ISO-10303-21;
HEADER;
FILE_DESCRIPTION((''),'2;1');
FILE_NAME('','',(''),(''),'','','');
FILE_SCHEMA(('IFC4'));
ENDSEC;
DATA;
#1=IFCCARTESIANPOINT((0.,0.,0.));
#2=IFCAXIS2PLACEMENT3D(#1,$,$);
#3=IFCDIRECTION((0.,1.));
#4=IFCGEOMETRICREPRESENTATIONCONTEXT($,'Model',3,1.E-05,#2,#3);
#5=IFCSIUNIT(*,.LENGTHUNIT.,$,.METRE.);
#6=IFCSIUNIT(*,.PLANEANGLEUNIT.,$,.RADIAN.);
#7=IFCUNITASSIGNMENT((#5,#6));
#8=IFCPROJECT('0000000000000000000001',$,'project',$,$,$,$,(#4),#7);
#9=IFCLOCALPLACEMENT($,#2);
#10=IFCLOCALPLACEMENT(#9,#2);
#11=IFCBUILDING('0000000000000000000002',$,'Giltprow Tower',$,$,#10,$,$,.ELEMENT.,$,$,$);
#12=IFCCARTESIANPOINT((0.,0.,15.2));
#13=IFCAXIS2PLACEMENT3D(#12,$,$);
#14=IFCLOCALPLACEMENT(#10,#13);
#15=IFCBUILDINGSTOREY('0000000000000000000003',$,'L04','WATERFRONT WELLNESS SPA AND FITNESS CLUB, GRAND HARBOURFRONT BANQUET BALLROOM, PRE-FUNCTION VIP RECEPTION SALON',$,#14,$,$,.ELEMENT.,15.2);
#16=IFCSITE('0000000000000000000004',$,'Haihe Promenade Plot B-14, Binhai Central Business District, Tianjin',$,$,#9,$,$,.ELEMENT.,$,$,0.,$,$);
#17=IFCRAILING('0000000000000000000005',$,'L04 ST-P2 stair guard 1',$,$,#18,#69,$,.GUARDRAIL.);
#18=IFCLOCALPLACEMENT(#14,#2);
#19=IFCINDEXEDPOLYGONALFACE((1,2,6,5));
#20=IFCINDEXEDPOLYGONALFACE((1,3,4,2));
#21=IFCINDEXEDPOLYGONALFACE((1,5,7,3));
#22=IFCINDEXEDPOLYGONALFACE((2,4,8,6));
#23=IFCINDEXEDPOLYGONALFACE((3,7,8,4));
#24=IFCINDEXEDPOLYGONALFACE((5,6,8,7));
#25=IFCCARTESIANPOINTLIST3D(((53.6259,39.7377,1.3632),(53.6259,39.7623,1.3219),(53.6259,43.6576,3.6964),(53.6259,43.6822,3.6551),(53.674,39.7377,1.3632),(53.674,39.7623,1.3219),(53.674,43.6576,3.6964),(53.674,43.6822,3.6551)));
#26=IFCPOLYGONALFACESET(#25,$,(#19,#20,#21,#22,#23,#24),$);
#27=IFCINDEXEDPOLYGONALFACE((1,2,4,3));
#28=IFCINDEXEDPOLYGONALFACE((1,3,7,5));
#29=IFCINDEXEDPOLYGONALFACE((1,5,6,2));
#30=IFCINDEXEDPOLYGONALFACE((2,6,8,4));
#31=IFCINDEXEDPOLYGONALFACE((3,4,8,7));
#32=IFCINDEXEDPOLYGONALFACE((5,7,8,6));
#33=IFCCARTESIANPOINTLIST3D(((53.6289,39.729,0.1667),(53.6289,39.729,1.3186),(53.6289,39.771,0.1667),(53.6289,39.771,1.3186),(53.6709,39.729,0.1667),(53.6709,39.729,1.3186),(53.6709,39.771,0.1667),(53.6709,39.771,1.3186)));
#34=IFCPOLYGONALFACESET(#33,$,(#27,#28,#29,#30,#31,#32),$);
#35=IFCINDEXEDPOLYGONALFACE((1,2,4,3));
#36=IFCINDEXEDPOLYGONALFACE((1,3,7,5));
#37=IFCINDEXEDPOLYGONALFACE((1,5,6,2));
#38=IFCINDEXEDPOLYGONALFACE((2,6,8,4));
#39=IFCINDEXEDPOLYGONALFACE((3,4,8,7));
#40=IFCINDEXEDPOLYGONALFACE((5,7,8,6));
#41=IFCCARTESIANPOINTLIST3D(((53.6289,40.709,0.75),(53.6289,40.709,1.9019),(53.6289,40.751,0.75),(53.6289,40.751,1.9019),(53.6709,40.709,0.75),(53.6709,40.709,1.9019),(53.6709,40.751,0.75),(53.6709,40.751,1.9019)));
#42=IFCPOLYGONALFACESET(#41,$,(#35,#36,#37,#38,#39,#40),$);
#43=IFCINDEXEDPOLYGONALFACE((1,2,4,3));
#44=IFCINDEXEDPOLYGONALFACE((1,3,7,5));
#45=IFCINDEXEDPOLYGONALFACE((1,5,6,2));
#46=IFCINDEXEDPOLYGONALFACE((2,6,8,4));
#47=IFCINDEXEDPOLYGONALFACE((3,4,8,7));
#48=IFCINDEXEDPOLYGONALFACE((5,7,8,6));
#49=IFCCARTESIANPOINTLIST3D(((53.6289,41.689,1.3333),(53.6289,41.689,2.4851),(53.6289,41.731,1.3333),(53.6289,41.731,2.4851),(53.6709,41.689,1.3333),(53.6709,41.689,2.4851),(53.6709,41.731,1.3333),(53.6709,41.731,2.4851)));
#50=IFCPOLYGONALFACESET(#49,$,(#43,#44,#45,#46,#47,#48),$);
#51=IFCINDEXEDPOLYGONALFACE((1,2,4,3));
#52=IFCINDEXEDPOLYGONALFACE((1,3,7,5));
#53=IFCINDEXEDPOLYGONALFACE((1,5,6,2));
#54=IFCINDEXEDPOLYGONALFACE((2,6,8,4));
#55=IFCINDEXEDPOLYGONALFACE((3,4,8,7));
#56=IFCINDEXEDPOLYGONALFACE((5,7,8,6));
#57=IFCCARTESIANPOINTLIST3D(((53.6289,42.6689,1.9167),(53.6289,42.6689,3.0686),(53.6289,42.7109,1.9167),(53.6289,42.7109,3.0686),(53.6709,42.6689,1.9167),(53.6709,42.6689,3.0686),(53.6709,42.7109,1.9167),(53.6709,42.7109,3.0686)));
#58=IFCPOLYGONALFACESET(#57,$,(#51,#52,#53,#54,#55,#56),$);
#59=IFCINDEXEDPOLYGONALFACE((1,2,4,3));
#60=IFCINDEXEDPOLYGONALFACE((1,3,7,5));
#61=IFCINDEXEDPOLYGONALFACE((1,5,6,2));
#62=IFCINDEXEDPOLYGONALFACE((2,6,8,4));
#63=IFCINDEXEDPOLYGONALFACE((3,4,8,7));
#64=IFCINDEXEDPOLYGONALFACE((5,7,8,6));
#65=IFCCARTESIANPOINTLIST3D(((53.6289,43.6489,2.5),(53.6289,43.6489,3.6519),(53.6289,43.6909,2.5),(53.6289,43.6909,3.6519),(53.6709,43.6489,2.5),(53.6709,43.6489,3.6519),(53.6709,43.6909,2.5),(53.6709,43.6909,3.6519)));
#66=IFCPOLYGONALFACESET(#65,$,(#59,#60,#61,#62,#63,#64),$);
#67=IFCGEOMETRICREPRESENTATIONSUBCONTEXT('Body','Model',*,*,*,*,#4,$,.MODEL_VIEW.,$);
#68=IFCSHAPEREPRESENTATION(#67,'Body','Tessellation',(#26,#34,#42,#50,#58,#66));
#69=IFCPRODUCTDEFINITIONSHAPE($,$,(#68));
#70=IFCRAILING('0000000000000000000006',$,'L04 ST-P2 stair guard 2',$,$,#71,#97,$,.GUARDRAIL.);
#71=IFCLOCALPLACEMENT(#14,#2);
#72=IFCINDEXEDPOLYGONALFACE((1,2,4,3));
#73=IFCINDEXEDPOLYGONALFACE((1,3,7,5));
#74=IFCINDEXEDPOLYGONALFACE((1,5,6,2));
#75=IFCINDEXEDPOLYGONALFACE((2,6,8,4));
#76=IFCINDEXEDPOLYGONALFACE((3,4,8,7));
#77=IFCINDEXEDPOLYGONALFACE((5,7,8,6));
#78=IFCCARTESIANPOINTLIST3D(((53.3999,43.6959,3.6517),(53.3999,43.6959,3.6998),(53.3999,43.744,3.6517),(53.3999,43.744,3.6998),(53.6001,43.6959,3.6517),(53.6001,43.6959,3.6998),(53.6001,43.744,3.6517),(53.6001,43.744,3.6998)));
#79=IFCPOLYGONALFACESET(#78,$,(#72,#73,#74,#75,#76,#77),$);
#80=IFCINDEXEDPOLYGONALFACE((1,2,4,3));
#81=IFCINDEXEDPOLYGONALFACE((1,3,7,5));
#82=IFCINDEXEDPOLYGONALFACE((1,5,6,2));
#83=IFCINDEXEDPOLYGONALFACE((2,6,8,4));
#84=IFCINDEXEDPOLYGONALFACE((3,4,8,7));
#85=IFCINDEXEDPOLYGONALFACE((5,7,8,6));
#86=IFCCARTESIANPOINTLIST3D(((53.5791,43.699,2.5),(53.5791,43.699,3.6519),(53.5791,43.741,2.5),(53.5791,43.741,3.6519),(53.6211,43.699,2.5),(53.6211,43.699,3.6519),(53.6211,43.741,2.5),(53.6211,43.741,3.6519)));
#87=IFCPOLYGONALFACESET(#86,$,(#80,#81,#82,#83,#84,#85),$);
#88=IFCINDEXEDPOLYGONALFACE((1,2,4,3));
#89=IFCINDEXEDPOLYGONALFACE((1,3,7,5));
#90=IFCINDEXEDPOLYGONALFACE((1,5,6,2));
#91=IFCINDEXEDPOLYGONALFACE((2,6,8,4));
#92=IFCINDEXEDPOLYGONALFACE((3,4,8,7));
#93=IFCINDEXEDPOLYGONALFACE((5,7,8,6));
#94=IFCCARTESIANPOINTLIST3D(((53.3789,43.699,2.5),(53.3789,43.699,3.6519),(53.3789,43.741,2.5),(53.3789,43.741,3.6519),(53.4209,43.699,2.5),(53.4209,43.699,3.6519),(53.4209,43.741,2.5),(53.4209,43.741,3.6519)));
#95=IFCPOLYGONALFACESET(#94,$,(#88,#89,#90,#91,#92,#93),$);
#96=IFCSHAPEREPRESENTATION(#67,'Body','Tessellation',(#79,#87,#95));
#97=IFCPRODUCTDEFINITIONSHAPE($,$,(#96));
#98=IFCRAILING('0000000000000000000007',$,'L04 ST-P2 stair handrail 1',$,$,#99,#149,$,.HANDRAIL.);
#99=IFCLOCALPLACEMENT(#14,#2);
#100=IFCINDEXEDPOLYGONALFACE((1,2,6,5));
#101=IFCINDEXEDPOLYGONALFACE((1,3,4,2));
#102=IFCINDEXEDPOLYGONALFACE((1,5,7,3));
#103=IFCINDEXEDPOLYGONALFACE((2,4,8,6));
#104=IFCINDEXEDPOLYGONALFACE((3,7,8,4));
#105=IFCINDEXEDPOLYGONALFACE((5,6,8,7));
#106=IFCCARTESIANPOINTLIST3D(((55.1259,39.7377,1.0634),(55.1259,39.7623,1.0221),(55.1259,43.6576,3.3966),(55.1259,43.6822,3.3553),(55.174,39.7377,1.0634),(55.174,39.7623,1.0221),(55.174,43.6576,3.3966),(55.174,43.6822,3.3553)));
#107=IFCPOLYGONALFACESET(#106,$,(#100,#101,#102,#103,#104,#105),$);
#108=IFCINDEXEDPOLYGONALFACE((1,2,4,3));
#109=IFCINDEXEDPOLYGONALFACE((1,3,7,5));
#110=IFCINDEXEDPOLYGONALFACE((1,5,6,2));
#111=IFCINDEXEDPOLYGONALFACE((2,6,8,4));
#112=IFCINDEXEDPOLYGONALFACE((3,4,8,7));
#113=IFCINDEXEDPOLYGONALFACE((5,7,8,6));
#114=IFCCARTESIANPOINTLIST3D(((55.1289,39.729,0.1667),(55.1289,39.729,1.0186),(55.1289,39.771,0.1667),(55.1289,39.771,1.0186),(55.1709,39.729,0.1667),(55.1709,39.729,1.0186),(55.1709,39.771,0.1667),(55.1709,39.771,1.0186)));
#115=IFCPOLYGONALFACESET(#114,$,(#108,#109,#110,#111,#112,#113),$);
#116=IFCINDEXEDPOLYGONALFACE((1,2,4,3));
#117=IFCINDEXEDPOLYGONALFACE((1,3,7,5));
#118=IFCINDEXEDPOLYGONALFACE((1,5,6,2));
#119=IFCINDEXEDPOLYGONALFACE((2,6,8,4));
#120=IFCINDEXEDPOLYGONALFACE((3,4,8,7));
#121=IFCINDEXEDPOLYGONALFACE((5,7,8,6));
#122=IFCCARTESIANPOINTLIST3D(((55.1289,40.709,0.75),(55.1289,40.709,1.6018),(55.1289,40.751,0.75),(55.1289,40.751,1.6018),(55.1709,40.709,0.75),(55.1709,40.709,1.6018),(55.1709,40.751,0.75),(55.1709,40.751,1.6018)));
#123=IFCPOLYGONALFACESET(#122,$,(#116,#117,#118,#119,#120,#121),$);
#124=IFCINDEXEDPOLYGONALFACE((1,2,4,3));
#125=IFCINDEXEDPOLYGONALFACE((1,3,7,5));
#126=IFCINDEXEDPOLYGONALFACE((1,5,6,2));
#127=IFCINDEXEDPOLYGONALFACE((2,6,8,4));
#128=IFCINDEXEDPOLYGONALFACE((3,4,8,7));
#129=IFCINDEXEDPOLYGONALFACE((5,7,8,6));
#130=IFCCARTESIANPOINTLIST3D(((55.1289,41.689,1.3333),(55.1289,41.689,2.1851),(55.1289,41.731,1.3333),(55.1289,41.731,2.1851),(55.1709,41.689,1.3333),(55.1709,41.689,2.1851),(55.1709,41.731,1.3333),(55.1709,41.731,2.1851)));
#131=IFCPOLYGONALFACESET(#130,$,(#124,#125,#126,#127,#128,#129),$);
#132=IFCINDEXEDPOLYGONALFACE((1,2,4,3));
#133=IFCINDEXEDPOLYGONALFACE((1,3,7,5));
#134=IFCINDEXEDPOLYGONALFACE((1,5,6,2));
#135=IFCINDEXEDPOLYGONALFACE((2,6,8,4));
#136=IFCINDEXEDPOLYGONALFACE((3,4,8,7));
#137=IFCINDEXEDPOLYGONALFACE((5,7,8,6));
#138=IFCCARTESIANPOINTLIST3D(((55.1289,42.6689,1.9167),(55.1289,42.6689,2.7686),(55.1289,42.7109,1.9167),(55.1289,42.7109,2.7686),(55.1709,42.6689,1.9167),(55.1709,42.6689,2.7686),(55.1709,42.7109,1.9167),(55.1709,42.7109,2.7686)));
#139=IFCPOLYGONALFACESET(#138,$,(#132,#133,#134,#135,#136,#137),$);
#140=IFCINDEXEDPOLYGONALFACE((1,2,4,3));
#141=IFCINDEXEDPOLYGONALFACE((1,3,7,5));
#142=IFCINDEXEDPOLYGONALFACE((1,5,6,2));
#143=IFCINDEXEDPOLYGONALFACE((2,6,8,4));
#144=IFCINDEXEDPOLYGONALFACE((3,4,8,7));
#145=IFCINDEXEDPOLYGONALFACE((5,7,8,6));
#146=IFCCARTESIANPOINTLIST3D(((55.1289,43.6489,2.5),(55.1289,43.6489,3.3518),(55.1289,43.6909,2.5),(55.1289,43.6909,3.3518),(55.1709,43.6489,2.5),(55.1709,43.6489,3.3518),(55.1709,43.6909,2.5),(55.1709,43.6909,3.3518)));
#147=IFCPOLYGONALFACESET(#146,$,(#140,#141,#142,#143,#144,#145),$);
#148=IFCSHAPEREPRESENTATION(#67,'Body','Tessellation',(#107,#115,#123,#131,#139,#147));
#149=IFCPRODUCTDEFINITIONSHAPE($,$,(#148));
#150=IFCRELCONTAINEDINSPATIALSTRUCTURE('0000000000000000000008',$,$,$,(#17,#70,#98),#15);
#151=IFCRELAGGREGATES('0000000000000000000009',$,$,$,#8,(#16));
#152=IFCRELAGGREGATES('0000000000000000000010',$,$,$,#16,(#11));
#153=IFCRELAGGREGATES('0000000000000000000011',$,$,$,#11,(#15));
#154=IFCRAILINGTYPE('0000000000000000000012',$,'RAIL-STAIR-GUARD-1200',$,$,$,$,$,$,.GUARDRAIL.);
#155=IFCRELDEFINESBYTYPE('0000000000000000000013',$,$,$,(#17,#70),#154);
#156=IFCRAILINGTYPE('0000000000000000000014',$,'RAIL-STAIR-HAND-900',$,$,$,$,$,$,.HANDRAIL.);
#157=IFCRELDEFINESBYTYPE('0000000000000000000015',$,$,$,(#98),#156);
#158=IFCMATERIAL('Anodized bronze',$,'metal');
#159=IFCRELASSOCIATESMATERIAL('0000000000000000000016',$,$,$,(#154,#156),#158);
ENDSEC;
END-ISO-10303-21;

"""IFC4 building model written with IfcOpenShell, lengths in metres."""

from ifc_helpers import new_model, si_unit, direction, frame, origin, origin_2d, place, context, subcontext, project, spatial, rectangle, extrude, material, type_object, element, save


model = new_model("IFC4")

# Units and contexts
model_context = context("Model", 3, precision=1e-05, world=origin(), true_north=direction((0.0, 1.0)))
body_context = subcontext(model_context, "Body", "Model", "MODEL_VIEW")
ifc_project = project(units=[si_unit("LENGTHUNIT", "METRE"), si_unit("PLANEANGLEUNIT", "RADIAN")], contexts=[model_context])

# Site, building, storey
site_placement = place(None, origin())
site = spatial("IfcSite", under=ifc_project, at=site_placement, Name="Haihe Promenade Plot B-14, Binhai Central Business District, Tianjin", CompositionType="ELEMENT", RefElevation=0.0)
building_placement = place(site_placement, origin())
building = spatial("IfcBuilding", under=site, at=building_placement, Name="Giltprow Tower", CompositionType="ELEMENT")
storey_placement = place(building_placement, frame((0.0, 0.0, 15.2)))
storey = spatial("IfcBuildingStorey", under=building, at=storey_placement, Name="L04", Description="WATERFRONT WELLNESS SPA AND FITNESS CLUB, GRAND HARBOURFRONT BANQUET BALLROOM, PRE-FUNCTION VIP RECEPTION SALON", CompositionType="ELEMENT", Elevation=15.2)

# Railings
ifc_material_1 = material(Name="Anodized bronze", Category="metal")
railing_type_1 = type_object("IfcRailingType", Name="RAIL-STAIR-GUARD-1200", PredefinedType="GUARDRAIL", material=ifc_material_1)
railing_1_placement = place(storey_placement, frame((53.6499, 39.75, 0.1667)))
element("IfcRailing", 1, at=railing_1_placement, inside=storey, type_object=railing_type_1, Name="L04 ST-P2 stair guard 1", PredefinedType="GUARDRAIL", context=body_context, shape_type="SweptSolid", body=[
    extrude(rectangle(XDim=0.0481, YDim=0.0481, at=origin_2d()), frame((0.0, 0.0, 1.1758), z_axis=(0.0, 0.859296, 0.511478), x_axis=(-1.0, 0.0, 0.0)), (0.0, 0.0, 1.0), 4.5618),
    extrude(rectangle(XDim=0.042, YDim=0.042, at=origin_2d()), origin(), (0.0, 0.0, 1.0), 1.1519),
    extrude(rectangle(XDim=0.042, YDim=0.042, at=origin_2d()), frame((0.0, 0.98, 0.5833)), (0.0, 0.0, 1.0), 1.1519),
    extrude(rectangle(XDim=0.042, YDim=0.042, at=origin_2d()), frame((0.0, 1.96, 1.1665)), (0.0, 0.0, 1.0), 1.1519),
    extrude(rectangle(XDim=0.042, YDim=0.042, at=origin_2d()), frame((0.0, 2.9399, 1.75)), (0.0, 0.0, 1.0), 1.1519),
    extrude(rectangle(XDim=0.042, YDim=0.042, at=origin_2d()), frame((0.0, 3.9199, 2.3333)), (0.0, 0.0, 1.0), 1.1519),
])
railing_2_placement = place(storey_placement, frame((53.6001, 43.72, 2.5)))
element("IfcRailing", 2, at=railing_2_placement, inside=storey, type_object=railing_type_1, Name="L04 ST-P2 stair guard 2", PredefinedType="GUARDRAIL", context=body_context, shape_type="SweptSolid", body=[
    extrude(rectangle(XDim=0.0481, YDim=0.0481, at=origin_2d()), frame((0.0, 0.0, 1.1758), z_axis=(-1.0, 0.0, 0.0), x_axis=(0.0, -1.0, 0.0)), (0.0, 0.0, 1.0), 0.2002),
    extrude(rectangle(XDim=0.042, YDim=0.042, at=origin_2d()), origin(), (0.0, 0.0, 1.0), 1.1519),
    extrude(rectangle(XDim=0.042, YDim=0.042, at=origin_2d()), frame((-0.2002, 0.0, 0.0)), (0.0, 0.0, 1.0), 1.1519),
])
railing_type_2 = type_object("IfcRailingType", Name="RAIL-STAIR-HAND-900", PredefinedType="HANDRAIL", material=ifc_material_1)
railing_3_placement = place(storey_placement, frame((55.1499, 39.75, 0.1667)))
element("IfcRailing", 3, at=railing_3_placement, inside=storey, type_object=railing_type_2, Name="L04 ST-P2 stair handrail 1", PredefinedType="HANDRAIL", context=body_context, shape_type="SweptSolid", body=[
    extrude(rectangle(XDim=0.0481, YDim=0.0481, at=origin_2d()), frame((0.0, 0.0, 0.876), z_axis=(0.0, 0.859296, 0.511478), x_axis=(-1.0, 0.0, 0.0)), (0.0, 0.0, 1.0), 4.5618),
    extrude(rectangle(XDim=0.042, YDim=0.042, at=origin_2d()), origin(), (0.0, 0.0, 1.0), 0.8518),
    extrude(rectangle(XDim=0.042, YDim=0.042, at=origin_2d()), frame((0.0, 0.98, 0.5833)), (0.0, 0.0, 1.0), 0.8518),
    extrude(rectangle(XDim=0.042, YDim=0.042, at=origin_2d()), frame((0.0, 1.96, 1.1665)), (0.0, 0.0, 1.0), 0.8518),
    extrude(rectangle(XDim=0.042, YDim=0.042, at=origin_2d()), frame((0.0, 2.9399, 1.75)), (0.0, 0.0, 1.0), 0.8518),
    extrude(rectangle(XDim=0.042, YDim=0.042, at=origin_2d()), frame((0.0, 3.9199, 2.3333)), (0.0, 0.0, 1.0), 0.8518),
])

save(model, "model.ifc")
